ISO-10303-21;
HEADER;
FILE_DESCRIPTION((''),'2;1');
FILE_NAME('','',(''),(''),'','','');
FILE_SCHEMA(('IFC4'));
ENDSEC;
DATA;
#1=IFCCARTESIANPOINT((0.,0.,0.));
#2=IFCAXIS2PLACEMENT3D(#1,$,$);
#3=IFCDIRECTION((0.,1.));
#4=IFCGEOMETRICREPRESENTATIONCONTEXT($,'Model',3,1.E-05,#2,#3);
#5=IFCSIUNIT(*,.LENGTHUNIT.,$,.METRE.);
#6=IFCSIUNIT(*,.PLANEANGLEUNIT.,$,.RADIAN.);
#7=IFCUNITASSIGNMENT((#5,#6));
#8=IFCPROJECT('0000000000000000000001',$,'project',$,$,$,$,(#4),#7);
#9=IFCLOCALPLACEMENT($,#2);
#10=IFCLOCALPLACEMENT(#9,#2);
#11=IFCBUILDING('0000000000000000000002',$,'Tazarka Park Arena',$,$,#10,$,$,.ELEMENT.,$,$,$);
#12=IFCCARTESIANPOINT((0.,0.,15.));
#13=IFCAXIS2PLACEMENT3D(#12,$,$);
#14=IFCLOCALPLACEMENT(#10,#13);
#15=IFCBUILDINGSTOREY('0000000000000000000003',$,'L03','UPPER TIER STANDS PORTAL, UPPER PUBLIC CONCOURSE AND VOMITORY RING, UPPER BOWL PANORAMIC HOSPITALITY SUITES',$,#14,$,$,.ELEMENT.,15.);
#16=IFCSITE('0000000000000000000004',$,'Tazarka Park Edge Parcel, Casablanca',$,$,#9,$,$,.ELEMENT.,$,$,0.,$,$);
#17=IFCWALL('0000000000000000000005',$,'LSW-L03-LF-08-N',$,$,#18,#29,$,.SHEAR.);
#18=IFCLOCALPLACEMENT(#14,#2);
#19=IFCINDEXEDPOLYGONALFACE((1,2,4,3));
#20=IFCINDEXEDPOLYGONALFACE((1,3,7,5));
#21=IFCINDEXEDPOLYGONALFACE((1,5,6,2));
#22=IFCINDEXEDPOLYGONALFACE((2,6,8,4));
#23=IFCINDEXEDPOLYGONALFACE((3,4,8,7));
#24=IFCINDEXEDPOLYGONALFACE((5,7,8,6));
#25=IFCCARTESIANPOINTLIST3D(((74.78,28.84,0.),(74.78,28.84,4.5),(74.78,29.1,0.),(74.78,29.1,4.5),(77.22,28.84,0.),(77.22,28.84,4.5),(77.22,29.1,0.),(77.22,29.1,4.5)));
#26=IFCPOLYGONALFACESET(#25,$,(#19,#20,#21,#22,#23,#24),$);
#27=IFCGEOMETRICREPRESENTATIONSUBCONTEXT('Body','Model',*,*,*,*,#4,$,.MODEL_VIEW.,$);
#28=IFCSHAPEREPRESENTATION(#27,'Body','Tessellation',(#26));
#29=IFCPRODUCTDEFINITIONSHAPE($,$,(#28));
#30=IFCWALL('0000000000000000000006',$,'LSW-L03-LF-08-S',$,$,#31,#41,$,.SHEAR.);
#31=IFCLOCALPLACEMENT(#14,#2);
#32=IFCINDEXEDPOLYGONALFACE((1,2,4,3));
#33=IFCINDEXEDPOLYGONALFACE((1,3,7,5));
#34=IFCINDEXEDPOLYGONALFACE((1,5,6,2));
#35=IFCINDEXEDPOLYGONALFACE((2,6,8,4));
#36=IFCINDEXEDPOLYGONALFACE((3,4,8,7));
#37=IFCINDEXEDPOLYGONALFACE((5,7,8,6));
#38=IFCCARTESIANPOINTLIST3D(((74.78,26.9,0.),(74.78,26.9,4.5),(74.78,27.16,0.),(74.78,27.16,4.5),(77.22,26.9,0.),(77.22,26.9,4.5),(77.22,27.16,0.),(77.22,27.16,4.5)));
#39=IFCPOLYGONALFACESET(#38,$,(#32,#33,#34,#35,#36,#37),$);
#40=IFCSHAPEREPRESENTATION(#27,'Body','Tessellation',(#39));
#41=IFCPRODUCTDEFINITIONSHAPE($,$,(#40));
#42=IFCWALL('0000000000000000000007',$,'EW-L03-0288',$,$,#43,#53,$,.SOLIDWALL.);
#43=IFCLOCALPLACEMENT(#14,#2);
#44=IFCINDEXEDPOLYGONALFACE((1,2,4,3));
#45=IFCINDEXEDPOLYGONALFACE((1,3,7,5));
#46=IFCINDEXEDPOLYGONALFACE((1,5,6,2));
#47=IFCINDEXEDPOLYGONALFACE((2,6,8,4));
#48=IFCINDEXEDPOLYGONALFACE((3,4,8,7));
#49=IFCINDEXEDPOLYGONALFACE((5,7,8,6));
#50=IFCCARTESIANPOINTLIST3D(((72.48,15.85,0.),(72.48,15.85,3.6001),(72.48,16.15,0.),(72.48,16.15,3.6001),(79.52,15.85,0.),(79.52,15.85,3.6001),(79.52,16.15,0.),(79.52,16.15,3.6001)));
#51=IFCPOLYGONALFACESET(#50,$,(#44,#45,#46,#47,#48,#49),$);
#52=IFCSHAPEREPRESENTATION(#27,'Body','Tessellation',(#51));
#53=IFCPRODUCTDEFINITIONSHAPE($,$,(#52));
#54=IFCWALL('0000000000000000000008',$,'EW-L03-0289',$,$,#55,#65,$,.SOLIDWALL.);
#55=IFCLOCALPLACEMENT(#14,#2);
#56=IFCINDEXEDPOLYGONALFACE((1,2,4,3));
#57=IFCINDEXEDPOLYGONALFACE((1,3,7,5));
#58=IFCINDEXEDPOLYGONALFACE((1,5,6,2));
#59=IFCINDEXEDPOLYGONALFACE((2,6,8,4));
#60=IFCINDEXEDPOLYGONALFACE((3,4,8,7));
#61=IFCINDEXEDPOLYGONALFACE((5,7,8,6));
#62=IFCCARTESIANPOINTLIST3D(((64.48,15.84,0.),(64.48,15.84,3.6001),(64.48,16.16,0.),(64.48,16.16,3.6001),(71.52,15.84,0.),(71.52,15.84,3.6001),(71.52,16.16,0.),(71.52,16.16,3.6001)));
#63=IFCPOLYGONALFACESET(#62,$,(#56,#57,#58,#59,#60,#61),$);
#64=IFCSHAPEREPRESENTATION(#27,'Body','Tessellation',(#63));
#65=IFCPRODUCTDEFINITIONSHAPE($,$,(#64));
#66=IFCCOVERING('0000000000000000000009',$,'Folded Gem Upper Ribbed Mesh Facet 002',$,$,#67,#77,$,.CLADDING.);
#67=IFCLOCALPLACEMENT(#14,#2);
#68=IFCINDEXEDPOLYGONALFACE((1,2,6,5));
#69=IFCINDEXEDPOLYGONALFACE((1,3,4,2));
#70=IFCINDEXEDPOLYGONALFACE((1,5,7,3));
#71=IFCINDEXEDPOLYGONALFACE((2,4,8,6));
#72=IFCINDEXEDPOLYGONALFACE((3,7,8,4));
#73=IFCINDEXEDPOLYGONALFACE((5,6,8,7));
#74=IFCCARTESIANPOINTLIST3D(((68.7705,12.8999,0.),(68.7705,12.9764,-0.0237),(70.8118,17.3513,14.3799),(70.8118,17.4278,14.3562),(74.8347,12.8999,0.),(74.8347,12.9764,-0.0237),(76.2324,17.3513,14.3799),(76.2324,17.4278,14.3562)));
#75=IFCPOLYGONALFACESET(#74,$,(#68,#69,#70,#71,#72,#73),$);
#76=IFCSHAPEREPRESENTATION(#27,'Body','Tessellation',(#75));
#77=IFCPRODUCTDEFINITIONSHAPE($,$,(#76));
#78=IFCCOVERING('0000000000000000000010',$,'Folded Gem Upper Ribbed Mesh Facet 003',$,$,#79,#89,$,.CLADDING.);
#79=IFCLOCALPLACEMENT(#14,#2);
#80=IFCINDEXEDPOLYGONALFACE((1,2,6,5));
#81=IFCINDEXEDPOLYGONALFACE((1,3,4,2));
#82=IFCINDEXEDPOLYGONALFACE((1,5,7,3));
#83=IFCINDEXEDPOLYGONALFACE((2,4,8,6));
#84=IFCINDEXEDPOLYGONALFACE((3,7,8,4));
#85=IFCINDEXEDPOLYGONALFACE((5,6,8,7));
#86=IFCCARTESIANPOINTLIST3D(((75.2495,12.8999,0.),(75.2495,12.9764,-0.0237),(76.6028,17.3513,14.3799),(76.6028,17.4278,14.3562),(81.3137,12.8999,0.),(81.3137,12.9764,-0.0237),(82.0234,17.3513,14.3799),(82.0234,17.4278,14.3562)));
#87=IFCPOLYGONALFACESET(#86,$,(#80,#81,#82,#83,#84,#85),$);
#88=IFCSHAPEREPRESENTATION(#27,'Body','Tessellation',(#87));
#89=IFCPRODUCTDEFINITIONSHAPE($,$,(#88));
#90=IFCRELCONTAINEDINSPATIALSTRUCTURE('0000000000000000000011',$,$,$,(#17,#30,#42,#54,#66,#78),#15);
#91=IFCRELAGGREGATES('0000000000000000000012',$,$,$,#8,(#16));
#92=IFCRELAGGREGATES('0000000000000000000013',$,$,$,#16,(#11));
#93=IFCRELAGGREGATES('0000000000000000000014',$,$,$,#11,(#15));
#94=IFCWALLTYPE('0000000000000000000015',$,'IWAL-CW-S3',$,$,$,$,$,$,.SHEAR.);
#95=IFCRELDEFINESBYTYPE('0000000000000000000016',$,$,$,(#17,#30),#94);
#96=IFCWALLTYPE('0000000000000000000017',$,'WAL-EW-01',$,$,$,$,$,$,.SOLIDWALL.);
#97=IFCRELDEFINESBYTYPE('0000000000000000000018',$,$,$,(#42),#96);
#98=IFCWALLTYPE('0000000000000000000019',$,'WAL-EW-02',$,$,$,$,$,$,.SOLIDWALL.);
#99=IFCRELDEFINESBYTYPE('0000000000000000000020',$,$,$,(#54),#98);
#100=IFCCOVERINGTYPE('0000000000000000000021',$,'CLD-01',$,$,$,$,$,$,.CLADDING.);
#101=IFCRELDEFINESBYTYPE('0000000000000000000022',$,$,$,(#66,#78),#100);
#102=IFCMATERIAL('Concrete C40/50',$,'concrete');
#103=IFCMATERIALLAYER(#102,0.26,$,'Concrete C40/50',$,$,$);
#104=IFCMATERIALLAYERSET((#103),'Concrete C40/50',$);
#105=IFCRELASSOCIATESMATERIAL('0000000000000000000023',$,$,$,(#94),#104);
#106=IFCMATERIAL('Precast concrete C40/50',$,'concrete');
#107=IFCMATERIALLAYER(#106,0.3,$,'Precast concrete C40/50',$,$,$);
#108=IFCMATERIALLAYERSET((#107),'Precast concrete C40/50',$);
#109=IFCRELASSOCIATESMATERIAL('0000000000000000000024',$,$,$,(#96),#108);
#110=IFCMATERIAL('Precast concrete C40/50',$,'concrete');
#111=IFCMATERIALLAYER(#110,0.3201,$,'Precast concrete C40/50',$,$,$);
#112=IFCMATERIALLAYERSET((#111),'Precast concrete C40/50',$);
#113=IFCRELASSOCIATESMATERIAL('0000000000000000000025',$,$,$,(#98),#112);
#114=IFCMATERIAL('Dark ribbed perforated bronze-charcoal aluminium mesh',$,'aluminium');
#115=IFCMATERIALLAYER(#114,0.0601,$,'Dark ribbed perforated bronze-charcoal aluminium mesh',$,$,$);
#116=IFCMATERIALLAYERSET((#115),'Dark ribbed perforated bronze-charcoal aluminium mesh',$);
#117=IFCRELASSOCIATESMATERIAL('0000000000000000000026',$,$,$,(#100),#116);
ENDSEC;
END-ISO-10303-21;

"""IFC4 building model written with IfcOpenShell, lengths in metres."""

from ifc_helpers import new_model, si_unit, direction, frame, frame_2d, origin, place, context, subcontext, project, spatial, polyline, rectangle, outline, extrude, material, layer, layer_set, type_object, element, save


model = new_model("IFC4")

# Units and contexts
model_context = context("Model", 3, precision=1e-05, world=origin(), true_north=direction((0.0, 1.0)))
body_context = subcontext(model_context, "Body", "Model", "MODEL_VIEW")
ifc_project = project(units=[si_unit("LENGTHUNIT", "METRE"), si_unit("PLANEANGLEUNIT", "RADIAN")], contexts=[model_context])

# Site, building, storey
site_placement = place(None, origin())
site = spatial("IfcSite", under=ifc_project, at=site_placement, Name="Tazarka Park Edge Parcel, Casablanca", CompositionType="ELEMENT", RefElevation=0.0)
building_placement = place(site_placement, origin())
building = spatial("IfcBuilding", under=site, at=building_placement, Name="Tazarka Park Arena", CompositionType="ELEMENT")
storey_placement = place(building_placement, frame((0.0, 0.0, 15.0)))
storey = spatial("IfcBuildingStorey", under=building, at=storey_placement, Name="L03", Description="UPPER TIER STANDS PORTAL, UPPER PUBLIC CONCOURSE AND VOMITORY RING, UPPER BOWL PANORAMIC HOSPITALITY SUITES", CompositionType="ELEMENT", Elevation=15.0)

# Walls
ifc_material_1 = material(Name="Concrete C40/50", Category="concrete")
ifc_layer_1 = layer(ifc_material_1, 0.26, Name="Concrete C40/50")
ifc_layer_set_1 = layer_set([ifc_layer_1], Name="Concrete C40/50")
wall_type_1 = type_object("IfcWallType", Name="IWAL-CW-S3", PredefinedType="SHEAR", material=ifc_layer_set_1)
for number, where, z_axis, x_axis, name in (
    (1, (74.78, 28.97, 0.0), (0.0, 0.0, 1.0), (1.0, 0.0, 0.0), "LSW-L03-LF-08-N"),
    (2, (77.22, 27.03, 0.0), (0.0, 0.0, 1.0), (-1.0, 0.0, 0.0), "LSW-L03-LF-08-S"),
):
    element("IfcWall", number, at=place(storey_placement, frame(where, z_axis=z_axis, x_axis=x_axis)), inside=storey, type_object=wall_type_1, Name=name, PredefinedType="SHEAR", context=body_context, shape_type="SweptSolid", body=[
        extrude(rectangle(XDim=2.4399, YDim=0.26, at=frame_2d((1.22, 0.0))), origin(), (0.0, 0.0, 1.0), 4.5),
    ])

# Walls
ifc_material_2 = material(Name="Precast concrete C40/50", Category="concrete")
ifc_layer_2 = layer(ifc_material_2, 0.3, Name="Precast concrete C40/50")
ifc_layer_set_2 = layer_set([ifc_layer_2], Name="Precast concrete C40/50")
wall_type_2 = type_object("IfcWallType", Name="WAL-EW-01", PredefinedType="SOLIDWALL", material=ifc_layer_set_2)
wall_1_placement = place(storey_placement, frame((79.52, 16.0, 0.0), z_axis=(0.0, 0.0, 1.0), x_axis=(-1.0, 0.0, 0.0)))
element("IfcWall", 3, at=wall_1_placement, inside=storey, type_object=wall_type_2, Name="EW-L03-0288", PredefinedType="SOLIDWALL", context=body_context, shape_type="SweptSolid", body=[
    extrude(rectangle(XDim=7.04, YDim=0.3, at=frame_2d((3.52, 0.0))), origin(), (0.0, 0.0, 1.0), 3.6001),
])
ifc_material_3 = material(Name="Precast concrete C40/50", Category="concrete")
ifc_layer_3 = layer(ifc_material_3, 0.3201, Name="Precast concrete C40/50")
ifc_layer_set_3 = layer_set([ifc_layer_3], Name="Precast concrete C40/50")
wall_type_3 = type_object("IfcWallType", Name="WAL-EW-02", PredefinedType="SOLIDWALL", material=ifc_layer_set_3)
wall_2_placement = place(storey_placement, frame((71.52, 16.0, 0.0), z_axis=(0.0, 0.0, 1.0), x_axis=(-1.0, 0.0, 0.0)))
element("IfcWall", 4, at=wall_2_placement, inside=storey, type_object=wall_type_3, Name="EW-L03-0289", PredefinedType="SOLIDWALL", context=body_context, shape_type="SweptSolid", body=[
    extrude(rectangle(XDim=7.04, YDim=0.3201, at=frame_2d((3.52, 0.0))), origin(), (0.0, 0.0, 1.0), 3.6001),
])

# Coverings
ifc_material_4 = material(Name="Dark ribbed perforated bronze-charcoal aluminium mesh", Category="aluminium")
ifc_layer_4 = layer(ifc_material_4, 0.0601, Name="Dark ribbed perforated bronze-charcoal aluminium mesh")
ifc_layer_set_4 = layer_set([ifc_layer_4], Name="Dark ribbed perforated bronze-charcoal aluminium mesh")
covering_type = type_object("IfcCoveringType", Name="CLD-01", PredefinedType="CLADDING", material=ifc_layer_set_4)
covering_1_placement = place(storey_placement, frame((68.7705, 12.8999, 0.0), z_axis=(0.0, -0.955277, 0.295714), x_axis=(1.0, 0.0, 0.0)))
element("IfcCovering", 5, at=covering_1_placement, inside=storey, type_object=covering_type, Name="Folded Gem Upper Ribbed Mesh Facet 002", PredefinedType="CLADDING", context=body_context, shape_type="SweptSolid", body=[
    extrude(outline(polyline([(0.0, 0.0), (6.0642, 0.0), (7.4619, 15.0531), (2.0413, 15.0531), (0.0, 0.0)])), origin(), (0.0, 0.0, -1.0), 0.0801),
])
covering_2_placement = place(storey_placement, frame((75.2495, 12.8999, 0.0), z_axis=(0.0, -0.955277, 0.295714), x_axis=(1.0, 0.0, 0.0)))
element("IfcCovering", 6, at=covering_2_placement, inside=storey, type_object=covering_type, Name="Folded Gem Upper Ribbed Mesh Facet 003", PredefinedType="CLADDING", context=body_context, shape_type="SweptSolid", body=[
    extrude(outline(polyline([(0.0, 0.0), (6.0642, 0.0), (6.7739, 15.0531), (1.3533, 15.0531), (0.0, 0.0)])), origin(), (0.0, 0.0, -1.0), 0.0801),
])

save(model, "model.ifc")
